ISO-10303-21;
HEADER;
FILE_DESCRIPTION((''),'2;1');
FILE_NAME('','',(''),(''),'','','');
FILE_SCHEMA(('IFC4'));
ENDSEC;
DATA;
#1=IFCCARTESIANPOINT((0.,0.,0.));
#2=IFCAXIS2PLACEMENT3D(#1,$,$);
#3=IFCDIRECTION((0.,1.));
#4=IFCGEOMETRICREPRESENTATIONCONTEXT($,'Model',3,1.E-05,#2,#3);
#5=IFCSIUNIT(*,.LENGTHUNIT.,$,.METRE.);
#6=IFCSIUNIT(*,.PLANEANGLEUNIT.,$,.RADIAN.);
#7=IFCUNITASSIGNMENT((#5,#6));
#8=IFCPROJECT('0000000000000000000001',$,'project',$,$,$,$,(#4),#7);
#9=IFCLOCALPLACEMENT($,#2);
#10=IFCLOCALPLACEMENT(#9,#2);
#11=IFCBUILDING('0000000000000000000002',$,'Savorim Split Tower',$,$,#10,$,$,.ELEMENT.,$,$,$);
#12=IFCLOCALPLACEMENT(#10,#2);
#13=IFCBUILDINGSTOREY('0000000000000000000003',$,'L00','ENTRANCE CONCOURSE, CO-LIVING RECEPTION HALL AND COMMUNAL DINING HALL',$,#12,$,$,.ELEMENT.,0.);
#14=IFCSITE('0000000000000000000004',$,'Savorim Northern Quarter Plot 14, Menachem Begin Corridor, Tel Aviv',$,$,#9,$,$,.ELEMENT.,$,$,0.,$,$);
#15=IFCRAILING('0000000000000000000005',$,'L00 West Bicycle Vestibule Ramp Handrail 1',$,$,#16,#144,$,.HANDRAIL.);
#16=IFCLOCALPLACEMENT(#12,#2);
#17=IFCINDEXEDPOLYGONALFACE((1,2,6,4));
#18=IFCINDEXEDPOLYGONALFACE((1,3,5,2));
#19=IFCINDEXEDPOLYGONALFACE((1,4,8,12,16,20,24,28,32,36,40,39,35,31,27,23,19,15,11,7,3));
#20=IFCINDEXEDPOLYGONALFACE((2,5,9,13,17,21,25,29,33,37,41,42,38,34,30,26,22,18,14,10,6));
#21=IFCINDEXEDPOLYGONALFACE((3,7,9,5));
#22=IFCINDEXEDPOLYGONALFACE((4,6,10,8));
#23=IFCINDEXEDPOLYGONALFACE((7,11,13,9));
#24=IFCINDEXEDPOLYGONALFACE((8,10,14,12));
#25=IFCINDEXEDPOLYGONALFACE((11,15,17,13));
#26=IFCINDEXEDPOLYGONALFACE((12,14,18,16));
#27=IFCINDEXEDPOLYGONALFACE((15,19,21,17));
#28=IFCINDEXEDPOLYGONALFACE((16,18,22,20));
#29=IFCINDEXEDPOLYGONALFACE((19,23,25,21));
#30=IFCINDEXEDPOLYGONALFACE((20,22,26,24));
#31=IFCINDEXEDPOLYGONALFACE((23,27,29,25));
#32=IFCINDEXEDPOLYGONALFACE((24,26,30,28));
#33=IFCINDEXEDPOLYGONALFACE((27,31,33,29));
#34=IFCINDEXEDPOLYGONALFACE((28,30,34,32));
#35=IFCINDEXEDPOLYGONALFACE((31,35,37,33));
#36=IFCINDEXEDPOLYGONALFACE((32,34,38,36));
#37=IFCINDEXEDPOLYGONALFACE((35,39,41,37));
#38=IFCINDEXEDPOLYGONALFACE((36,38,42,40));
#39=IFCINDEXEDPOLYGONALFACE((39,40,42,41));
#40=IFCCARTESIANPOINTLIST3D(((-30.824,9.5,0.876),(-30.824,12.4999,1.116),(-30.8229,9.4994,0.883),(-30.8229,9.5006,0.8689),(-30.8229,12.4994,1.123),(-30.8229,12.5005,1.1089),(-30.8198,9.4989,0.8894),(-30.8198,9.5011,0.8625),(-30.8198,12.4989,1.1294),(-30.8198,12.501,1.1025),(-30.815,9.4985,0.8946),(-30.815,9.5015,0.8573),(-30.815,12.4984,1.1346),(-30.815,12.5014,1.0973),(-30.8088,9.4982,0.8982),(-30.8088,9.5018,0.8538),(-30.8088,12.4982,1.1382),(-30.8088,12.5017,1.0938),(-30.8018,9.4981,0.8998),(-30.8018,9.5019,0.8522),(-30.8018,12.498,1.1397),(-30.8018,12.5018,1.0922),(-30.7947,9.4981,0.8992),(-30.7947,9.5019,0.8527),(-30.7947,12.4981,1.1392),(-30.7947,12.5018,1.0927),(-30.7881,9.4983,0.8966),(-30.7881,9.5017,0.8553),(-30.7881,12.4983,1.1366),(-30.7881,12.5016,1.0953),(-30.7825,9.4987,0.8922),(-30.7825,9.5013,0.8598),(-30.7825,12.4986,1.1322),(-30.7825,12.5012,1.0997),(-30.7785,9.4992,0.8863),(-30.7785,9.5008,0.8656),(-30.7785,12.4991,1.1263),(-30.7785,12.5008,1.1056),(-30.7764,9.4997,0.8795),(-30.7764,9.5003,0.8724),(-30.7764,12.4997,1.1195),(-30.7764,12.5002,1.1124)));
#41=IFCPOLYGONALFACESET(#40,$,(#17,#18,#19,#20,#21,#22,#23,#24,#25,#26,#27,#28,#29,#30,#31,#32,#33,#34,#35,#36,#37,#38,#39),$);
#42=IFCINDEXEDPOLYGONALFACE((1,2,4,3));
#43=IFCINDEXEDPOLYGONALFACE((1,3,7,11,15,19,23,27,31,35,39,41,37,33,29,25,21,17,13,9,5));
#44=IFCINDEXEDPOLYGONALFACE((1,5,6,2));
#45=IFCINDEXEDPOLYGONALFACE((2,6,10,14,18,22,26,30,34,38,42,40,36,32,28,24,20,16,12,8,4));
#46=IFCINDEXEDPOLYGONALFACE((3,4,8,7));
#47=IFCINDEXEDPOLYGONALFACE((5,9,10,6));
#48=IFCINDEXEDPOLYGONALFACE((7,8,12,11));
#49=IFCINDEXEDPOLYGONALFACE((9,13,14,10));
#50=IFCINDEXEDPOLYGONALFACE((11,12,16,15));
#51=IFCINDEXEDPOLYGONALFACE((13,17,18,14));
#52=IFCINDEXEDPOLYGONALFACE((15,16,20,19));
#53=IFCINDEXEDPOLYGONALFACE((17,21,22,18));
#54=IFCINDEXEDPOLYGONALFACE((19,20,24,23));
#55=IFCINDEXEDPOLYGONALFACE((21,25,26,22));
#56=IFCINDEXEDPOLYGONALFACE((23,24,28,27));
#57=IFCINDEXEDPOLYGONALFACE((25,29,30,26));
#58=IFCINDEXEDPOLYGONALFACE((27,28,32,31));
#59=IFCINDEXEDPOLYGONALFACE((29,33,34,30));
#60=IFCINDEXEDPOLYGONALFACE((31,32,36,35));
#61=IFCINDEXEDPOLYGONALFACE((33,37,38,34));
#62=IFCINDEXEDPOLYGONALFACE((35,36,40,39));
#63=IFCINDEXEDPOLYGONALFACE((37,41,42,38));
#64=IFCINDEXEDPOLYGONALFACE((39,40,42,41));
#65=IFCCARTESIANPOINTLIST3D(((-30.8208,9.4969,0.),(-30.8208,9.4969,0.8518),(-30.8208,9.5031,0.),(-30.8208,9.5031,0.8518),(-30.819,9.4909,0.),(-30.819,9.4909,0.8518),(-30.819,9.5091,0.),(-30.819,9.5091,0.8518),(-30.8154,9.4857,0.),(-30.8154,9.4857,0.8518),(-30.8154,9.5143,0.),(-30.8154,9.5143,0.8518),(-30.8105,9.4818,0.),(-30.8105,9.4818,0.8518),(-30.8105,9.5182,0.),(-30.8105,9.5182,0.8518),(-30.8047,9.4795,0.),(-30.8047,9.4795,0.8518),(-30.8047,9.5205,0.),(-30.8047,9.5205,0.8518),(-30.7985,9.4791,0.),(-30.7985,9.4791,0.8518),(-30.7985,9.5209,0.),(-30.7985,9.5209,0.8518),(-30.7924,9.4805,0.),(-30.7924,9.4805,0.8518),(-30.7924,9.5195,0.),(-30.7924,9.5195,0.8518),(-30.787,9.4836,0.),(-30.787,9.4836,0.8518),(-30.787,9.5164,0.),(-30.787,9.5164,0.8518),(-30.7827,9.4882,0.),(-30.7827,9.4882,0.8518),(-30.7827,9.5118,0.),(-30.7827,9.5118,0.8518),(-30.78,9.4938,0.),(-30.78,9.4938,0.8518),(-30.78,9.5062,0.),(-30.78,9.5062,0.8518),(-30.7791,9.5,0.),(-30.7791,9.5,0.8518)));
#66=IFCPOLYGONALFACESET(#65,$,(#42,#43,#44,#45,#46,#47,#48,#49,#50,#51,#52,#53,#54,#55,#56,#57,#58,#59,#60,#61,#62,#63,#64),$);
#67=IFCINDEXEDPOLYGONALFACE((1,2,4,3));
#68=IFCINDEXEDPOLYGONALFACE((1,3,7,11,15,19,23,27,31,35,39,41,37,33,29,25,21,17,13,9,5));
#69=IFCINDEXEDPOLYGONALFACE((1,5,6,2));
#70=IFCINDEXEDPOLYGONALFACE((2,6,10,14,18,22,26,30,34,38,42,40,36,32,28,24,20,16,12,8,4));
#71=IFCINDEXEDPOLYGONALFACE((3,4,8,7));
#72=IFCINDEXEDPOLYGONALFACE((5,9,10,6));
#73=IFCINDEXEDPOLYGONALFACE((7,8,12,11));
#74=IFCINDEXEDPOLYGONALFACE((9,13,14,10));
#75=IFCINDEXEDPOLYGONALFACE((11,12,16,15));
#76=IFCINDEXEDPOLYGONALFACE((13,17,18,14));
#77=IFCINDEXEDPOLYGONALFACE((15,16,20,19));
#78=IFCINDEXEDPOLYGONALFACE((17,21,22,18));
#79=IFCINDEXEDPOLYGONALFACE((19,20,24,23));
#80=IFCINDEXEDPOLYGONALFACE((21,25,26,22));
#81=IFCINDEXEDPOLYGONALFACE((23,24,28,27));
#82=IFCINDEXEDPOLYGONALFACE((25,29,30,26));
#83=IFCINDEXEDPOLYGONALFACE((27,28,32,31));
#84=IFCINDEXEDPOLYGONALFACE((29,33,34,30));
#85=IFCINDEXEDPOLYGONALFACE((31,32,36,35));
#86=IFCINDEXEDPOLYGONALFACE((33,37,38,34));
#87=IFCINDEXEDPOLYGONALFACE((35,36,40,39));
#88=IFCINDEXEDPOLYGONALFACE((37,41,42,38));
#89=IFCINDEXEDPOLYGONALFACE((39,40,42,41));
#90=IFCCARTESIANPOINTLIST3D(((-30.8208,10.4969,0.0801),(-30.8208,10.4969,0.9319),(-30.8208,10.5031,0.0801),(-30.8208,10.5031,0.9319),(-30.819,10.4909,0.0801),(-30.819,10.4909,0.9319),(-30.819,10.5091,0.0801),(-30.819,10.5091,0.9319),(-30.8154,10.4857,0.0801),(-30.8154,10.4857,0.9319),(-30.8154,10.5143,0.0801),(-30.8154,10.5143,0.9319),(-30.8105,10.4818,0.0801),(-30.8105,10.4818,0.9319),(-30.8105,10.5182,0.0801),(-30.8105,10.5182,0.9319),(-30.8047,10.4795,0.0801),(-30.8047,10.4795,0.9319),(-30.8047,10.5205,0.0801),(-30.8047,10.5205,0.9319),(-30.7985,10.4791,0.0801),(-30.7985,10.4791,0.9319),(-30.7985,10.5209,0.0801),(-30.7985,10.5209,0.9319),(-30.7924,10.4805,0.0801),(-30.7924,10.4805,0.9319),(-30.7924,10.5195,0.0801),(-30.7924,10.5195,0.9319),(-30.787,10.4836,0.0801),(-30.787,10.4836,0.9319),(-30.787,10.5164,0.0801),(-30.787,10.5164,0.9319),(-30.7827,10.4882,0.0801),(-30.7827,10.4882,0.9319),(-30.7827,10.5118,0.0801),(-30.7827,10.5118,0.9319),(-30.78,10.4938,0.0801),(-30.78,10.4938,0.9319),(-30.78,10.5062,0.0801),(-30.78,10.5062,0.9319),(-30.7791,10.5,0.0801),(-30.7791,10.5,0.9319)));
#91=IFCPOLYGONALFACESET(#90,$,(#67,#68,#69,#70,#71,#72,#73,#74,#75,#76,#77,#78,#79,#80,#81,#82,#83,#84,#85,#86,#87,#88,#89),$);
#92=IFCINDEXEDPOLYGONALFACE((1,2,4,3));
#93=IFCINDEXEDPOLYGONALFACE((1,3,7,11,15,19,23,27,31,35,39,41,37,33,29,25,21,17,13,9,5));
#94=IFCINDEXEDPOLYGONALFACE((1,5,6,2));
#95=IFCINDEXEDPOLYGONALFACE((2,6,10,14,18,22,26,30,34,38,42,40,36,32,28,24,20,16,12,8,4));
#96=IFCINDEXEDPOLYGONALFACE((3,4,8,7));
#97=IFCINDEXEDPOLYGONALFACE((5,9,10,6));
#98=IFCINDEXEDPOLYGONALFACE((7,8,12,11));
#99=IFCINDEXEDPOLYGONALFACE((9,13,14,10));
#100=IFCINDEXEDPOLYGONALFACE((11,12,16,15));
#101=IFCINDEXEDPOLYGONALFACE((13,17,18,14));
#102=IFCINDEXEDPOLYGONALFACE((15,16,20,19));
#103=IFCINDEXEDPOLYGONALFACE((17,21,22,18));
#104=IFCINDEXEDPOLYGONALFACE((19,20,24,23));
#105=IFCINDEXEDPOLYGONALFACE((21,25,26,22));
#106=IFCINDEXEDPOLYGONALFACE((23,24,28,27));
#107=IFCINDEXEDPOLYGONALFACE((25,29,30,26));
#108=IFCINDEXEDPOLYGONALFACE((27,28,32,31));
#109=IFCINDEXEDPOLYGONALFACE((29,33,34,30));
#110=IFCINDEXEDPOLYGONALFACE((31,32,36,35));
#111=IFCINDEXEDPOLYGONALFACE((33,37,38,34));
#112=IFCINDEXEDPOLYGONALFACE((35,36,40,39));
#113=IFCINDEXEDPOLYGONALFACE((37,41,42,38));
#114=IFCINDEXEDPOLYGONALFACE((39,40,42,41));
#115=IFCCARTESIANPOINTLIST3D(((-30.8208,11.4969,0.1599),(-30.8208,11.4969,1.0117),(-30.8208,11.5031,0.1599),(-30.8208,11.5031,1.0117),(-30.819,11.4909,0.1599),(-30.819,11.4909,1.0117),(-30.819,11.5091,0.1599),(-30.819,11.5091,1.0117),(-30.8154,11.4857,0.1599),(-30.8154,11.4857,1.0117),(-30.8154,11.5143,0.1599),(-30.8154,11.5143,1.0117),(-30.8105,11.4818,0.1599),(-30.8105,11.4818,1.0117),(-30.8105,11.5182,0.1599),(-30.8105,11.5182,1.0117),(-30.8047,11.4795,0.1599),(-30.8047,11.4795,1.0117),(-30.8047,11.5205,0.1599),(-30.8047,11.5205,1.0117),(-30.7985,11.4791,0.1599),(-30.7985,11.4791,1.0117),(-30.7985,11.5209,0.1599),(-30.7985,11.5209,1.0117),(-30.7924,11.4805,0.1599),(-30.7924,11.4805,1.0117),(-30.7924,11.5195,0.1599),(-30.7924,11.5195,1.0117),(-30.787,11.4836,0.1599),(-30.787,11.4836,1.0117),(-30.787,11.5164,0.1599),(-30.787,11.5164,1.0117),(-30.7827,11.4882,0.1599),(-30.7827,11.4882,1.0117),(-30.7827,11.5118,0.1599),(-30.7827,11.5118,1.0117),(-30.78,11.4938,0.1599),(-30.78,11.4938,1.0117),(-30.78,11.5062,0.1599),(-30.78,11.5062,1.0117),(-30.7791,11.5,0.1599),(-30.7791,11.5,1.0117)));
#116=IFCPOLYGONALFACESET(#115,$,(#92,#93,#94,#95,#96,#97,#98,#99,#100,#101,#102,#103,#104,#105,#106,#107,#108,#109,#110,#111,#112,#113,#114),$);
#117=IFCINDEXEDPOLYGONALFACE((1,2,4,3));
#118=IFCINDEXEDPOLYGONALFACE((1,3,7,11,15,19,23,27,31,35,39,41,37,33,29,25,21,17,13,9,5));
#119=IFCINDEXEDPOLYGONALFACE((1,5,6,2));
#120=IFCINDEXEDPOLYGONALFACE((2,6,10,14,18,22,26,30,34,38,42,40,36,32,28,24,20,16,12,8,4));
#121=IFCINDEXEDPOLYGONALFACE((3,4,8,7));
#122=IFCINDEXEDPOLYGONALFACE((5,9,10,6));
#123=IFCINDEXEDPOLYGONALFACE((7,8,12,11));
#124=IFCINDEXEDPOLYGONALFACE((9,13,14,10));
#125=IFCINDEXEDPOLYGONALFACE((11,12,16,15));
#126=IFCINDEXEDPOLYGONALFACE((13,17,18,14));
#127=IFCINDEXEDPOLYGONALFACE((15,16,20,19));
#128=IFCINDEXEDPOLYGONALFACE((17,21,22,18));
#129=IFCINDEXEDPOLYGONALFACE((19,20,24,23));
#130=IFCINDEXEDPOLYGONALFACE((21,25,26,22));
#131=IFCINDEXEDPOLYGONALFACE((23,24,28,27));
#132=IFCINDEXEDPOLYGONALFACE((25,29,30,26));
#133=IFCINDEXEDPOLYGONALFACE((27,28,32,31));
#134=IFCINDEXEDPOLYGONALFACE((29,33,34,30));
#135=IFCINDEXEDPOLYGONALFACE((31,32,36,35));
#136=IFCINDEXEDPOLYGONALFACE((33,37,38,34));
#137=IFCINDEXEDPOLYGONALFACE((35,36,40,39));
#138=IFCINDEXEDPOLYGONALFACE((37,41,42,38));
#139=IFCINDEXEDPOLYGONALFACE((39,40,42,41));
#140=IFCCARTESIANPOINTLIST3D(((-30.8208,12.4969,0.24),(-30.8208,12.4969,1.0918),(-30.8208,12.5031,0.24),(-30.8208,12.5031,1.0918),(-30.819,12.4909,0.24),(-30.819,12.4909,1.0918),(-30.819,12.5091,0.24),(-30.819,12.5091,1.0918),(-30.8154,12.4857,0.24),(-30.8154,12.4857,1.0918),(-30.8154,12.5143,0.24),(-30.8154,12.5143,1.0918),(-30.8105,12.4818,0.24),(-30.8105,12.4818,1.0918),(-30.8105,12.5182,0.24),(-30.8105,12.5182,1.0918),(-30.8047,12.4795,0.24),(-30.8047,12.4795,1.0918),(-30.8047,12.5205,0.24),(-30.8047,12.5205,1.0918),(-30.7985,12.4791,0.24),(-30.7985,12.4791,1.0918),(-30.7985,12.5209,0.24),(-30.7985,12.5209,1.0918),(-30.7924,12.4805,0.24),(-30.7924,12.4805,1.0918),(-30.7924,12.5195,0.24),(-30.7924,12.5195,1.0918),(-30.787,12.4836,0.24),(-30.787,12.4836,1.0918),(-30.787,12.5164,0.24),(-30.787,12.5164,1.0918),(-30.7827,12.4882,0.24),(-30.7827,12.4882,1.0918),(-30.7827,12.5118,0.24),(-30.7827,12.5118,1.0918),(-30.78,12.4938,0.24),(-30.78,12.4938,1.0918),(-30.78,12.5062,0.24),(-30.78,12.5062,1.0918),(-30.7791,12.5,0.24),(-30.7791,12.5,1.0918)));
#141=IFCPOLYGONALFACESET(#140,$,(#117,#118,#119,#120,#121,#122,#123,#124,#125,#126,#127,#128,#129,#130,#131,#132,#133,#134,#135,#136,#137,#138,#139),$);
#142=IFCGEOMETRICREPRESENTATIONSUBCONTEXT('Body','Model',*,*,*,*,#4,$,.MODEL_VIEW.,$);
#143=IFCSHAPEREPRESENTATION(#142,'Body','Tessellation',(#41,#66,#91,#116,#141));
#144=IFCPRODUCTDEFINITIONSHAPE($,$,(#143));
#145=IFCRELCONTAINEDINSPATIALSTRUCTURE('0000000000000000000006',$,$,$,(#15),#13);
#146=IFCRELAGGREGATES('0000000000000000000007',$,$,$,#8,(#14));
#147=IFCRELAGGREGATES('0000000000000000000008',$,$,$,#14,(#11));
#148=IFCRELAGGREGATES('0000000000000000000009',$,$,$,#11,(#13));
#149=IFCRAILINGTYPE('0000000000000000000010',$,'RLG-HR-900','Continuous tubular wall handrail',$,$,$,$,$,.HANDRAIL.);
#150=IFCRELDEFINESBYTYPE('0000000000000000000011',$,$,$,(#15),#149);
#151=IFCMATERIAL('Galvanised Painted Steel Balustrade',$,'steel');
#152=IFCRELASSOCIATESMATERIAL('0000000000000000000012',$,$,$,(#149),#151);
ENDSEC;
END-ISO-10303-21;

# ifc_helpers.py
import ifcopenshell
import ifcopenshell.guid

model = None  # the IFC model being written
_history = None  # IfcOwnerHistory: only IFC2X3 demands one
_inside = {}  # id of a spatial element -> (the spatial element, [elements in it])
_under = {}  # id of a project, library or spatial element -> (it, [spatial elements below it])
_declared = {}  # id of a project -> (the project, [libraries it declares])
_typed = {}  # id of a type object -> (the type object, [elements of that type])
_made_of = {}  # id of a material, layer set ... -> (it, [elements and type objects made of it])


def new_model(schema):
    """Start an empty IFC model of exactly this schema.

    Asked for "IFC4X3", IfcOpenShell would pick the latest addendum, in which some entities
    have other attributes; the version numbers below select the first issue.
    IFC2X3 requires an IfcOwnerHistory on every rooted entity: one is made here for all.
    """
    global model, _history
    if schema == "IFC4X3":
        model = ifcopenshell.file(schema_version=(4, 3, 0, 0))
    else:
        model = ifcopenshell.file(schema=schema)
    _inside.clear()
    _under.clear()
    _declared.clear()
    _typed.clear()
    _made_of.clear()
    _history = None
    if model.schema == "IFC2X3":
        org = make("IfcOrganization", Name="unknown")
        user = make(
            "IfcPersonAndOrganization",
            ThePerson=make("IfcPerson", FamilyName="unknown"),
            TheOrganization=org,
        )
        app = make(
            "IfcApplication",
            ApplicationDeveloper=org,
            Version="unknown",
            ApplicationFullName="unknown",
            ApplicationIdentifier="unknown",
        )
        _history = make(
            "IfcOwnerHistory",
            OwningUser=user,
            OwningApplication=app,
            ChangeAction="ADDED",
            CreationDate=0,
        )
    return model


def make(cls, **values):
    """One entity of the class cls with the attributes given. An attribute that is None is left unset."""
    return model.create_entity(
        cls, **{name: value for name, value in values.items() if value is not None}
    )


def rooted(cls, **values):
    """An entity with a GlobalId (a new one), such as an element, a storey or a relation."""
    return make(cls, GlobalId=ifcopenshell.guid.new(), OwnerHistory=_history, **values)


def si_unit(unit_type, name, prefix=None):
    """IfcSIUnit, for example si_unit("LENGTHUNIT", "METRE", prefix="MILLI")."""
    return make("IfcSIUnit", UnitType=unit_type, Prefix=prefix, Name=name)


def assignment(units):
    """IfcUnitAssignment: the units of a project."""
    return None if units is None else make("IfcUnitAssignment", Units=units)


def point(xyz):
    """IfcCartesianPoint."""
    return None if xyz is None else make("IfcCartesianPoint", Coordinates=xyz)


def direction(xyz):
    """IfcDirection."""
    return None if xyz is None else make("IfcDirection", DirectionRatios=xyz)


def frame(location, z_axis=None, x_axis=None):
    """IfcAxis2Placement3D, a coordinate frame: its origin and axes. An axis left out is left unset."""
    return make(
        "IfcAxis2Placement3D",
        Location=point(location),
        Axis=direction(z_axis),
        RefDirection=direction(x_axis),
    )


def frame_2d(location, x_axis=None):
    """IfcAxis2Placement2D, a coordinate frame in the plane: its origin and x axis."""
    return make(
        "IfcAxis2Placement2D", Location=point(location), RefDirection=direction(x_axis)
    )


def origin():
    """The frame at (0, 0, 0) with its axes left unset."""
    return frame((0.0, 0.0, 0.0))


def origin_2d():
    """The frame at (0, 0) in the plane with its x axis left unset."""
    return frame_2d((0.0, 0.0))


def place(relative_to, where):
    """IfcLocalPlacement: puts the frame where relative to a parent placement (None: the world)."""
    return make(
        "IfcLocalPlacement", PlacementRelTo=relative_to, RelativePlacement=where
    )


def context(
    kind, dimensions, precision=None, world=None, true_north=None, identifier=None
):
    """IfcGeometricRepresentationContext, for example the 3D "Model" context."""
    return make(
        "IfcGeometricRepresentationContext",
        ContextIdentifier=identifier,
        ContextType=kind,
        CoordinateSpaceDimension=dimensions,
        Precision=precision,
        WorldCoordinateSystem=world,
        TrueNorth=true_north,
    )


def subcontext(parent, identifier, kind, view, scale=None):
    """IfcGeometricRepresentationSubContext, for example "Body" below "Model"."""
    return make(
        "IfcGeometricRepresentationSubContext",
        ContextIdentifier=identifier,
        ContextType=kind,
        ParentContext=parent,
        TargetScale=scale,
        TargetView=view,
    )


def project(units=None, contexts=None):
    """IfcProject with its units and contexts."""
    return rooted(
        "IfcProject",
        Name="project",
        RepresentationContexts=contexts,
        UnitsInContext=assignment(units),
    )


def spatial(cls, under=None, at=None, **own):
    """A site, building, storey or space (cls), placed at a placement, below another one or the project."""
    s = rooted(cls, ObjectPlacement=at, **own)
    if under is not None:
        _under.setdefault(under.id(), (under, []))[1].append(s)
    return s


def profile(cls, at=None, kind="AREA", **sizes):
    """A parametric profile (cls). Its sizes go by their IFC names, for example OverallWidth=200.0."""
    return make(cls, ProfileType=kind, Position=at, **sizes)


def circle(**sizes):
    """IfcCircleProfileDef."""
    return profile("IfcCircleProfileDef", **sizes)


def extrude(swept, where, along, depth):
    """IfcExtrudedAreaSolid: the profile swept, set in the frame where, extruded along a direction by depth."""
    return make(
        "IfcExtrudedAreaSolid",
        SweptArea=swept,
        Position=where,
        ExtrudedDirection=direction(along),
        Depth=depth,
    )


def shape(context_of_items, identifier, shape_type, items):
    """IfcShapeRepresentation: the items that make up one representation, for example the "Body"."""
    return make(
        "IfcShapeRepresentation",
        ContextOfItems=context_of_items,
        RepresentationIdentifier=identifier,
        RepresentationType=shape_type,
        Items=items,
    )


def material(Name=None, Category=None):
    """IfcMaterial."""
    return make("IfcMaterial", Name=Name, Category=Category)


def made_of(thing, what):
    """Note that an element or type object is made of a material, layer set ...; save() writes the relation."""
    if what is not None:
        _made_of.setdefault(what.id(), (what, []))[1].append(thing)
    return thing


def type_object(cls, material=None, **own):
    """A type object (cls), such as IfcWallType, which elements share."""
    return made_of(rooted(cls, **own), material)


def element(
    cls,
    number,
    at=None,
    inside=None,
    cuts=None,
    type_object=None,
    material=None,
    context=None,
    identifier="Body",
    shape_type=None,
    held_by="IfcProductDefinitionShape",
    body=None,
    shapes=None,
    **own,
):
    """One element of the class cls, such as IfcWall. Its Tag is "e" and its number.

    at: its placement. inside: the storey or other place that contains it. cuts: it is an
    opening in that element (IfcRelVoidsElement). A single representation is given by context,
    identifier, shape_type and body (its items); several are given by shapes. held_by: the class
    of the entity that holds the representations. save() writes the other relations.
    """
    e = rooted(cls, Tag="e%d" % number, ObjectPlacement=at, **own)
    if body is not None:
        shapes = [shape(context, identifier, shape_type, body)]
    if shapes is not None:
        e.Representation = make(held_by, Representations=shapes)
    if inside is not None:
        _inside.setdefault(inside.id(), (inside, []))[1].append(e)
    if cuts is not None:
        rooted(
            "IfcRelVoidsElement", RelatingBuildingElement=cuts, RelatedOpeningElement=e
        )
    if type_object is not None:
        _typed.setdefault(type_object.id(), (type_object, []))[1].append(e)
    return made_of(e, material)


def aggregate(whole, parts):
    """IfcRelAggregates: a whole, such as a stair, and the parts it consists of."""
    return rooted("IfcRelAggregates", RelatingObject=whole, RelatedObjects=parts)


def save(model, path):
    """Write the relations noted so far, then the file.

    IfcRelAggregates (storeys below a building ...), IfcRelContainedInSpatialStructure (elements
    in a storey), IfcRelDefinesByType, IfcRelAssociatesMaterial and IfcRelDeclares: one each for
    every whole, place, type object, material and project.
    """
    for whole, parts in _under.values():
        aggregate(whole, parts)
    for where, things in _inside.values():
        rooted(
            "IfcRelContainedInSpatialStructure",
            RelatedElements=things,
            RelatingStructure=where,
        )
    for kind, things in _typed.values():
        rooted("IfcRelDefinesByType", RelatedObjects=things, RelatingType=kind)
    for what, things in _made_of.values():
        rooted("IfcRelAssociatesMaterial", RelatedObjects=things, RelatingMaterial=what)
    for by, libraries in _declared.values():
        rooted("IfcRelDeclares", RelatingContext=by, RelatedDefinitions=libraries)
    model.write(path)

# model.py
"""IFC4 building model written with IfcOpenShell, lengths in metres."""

from ifc_helpers import new_model, si_unit, direction, frame, origin, origin_2d, place, context, subcontext, project, spatial, circle, extrude, material, type_object, element, save


model = new_model("IFC4")

# Units and contexts
model_context = context("Model", 3, precision=1e-05, world=origin(), true_north=direction((0.0, 1.0)))
body_context = subcontext(model_context, "Body", "Model", "MODEL_VIEW")
ifc_project = project(units=[si_unit("LENGTHUNIT", "METRE"), si_unit("PLANEANGLEUNIT", "RADIAN")], contexts=[model_context])

# Site, building, storey
site_placement = place(None, origin())
site = spatial("IfcSite", under=ifc_project, at=site_placement, Name="Savorim Northern Quarter Plot 14, Menachem Begin Corridor, Tel Aviv", CompositionType="ELEMENT", RefElevation=0.0)
building_placement = place(site_placement, origin())
building = spatial("IfcBuilding", under=site, at=building_placement, Name="Savorim Split Tower", CompositionType="ELEMENT")
storey_placement = place(building_placement, origin())
storey = spatial("IfcBuildingStorey", under=building, at=storey_placement, Name="L00", Description="ENTRANCE CONCOURSE, CO-LIVING RECEPTION HALL AND COMMUNAL DINING HALL", CompositionType="ELEMENT", Elevation=0.0)

# Railing
ifc_material_1 = material(Name="Galvanised Painted Steel Balustrade", Category="steel")
railing_type = type_object("IfcRailingType", Name="RLG-HR-900", Description="Continuous tubular wall handrail", PredefinedType="HANDRAIL", material=ifc_material_1)
for number, where, name in (
    (1, (-30.8, 9.5, 0.0), "L00 West Bicycle Vestibule Ramp Handrail 1"),
):
    element("IfcRailing", number, at=place(storey_placement, frame(where)), inside=storey, type_object=railing_type, Name=name, PredefinedType="HANDRAIL", context=body_context, shape_type="SweptSolid", body=[
        extrude(circle(Radius=0.0239, at=origin_2d()), frame((0.0, 0.0, 0.876), z_axis=(0.0, 0.996816, 0.079742), x_axis=(-1.0, 0.0, 0.0)), (0.0, 0.0, 1.0), 3.0095),
        extrude(circle(Radius=0.021, at=origin_2d()), origin(), (0.0, 0.0, 1.0), 0.8518),
        extrude(circle(Radius=0.021, at=origin_2d()), frame((0.0, 1.0, 0.0801)), (0.0, 0.0, 1.0), 0.8518),
        extrude(circle(Radius=0.021, at=origin_2d()), frame((0.0, 2.0, 0.1599)), (0.0, 0.0, 1.0), 0.8518),
        extrude(circle(Radius=0.021, at=origin_2d()), frame((0.0, 3.0, 0.24)), (0.0, 0.0, 1.0), 0.8518),
    ])

save(model, "model.ifc")
